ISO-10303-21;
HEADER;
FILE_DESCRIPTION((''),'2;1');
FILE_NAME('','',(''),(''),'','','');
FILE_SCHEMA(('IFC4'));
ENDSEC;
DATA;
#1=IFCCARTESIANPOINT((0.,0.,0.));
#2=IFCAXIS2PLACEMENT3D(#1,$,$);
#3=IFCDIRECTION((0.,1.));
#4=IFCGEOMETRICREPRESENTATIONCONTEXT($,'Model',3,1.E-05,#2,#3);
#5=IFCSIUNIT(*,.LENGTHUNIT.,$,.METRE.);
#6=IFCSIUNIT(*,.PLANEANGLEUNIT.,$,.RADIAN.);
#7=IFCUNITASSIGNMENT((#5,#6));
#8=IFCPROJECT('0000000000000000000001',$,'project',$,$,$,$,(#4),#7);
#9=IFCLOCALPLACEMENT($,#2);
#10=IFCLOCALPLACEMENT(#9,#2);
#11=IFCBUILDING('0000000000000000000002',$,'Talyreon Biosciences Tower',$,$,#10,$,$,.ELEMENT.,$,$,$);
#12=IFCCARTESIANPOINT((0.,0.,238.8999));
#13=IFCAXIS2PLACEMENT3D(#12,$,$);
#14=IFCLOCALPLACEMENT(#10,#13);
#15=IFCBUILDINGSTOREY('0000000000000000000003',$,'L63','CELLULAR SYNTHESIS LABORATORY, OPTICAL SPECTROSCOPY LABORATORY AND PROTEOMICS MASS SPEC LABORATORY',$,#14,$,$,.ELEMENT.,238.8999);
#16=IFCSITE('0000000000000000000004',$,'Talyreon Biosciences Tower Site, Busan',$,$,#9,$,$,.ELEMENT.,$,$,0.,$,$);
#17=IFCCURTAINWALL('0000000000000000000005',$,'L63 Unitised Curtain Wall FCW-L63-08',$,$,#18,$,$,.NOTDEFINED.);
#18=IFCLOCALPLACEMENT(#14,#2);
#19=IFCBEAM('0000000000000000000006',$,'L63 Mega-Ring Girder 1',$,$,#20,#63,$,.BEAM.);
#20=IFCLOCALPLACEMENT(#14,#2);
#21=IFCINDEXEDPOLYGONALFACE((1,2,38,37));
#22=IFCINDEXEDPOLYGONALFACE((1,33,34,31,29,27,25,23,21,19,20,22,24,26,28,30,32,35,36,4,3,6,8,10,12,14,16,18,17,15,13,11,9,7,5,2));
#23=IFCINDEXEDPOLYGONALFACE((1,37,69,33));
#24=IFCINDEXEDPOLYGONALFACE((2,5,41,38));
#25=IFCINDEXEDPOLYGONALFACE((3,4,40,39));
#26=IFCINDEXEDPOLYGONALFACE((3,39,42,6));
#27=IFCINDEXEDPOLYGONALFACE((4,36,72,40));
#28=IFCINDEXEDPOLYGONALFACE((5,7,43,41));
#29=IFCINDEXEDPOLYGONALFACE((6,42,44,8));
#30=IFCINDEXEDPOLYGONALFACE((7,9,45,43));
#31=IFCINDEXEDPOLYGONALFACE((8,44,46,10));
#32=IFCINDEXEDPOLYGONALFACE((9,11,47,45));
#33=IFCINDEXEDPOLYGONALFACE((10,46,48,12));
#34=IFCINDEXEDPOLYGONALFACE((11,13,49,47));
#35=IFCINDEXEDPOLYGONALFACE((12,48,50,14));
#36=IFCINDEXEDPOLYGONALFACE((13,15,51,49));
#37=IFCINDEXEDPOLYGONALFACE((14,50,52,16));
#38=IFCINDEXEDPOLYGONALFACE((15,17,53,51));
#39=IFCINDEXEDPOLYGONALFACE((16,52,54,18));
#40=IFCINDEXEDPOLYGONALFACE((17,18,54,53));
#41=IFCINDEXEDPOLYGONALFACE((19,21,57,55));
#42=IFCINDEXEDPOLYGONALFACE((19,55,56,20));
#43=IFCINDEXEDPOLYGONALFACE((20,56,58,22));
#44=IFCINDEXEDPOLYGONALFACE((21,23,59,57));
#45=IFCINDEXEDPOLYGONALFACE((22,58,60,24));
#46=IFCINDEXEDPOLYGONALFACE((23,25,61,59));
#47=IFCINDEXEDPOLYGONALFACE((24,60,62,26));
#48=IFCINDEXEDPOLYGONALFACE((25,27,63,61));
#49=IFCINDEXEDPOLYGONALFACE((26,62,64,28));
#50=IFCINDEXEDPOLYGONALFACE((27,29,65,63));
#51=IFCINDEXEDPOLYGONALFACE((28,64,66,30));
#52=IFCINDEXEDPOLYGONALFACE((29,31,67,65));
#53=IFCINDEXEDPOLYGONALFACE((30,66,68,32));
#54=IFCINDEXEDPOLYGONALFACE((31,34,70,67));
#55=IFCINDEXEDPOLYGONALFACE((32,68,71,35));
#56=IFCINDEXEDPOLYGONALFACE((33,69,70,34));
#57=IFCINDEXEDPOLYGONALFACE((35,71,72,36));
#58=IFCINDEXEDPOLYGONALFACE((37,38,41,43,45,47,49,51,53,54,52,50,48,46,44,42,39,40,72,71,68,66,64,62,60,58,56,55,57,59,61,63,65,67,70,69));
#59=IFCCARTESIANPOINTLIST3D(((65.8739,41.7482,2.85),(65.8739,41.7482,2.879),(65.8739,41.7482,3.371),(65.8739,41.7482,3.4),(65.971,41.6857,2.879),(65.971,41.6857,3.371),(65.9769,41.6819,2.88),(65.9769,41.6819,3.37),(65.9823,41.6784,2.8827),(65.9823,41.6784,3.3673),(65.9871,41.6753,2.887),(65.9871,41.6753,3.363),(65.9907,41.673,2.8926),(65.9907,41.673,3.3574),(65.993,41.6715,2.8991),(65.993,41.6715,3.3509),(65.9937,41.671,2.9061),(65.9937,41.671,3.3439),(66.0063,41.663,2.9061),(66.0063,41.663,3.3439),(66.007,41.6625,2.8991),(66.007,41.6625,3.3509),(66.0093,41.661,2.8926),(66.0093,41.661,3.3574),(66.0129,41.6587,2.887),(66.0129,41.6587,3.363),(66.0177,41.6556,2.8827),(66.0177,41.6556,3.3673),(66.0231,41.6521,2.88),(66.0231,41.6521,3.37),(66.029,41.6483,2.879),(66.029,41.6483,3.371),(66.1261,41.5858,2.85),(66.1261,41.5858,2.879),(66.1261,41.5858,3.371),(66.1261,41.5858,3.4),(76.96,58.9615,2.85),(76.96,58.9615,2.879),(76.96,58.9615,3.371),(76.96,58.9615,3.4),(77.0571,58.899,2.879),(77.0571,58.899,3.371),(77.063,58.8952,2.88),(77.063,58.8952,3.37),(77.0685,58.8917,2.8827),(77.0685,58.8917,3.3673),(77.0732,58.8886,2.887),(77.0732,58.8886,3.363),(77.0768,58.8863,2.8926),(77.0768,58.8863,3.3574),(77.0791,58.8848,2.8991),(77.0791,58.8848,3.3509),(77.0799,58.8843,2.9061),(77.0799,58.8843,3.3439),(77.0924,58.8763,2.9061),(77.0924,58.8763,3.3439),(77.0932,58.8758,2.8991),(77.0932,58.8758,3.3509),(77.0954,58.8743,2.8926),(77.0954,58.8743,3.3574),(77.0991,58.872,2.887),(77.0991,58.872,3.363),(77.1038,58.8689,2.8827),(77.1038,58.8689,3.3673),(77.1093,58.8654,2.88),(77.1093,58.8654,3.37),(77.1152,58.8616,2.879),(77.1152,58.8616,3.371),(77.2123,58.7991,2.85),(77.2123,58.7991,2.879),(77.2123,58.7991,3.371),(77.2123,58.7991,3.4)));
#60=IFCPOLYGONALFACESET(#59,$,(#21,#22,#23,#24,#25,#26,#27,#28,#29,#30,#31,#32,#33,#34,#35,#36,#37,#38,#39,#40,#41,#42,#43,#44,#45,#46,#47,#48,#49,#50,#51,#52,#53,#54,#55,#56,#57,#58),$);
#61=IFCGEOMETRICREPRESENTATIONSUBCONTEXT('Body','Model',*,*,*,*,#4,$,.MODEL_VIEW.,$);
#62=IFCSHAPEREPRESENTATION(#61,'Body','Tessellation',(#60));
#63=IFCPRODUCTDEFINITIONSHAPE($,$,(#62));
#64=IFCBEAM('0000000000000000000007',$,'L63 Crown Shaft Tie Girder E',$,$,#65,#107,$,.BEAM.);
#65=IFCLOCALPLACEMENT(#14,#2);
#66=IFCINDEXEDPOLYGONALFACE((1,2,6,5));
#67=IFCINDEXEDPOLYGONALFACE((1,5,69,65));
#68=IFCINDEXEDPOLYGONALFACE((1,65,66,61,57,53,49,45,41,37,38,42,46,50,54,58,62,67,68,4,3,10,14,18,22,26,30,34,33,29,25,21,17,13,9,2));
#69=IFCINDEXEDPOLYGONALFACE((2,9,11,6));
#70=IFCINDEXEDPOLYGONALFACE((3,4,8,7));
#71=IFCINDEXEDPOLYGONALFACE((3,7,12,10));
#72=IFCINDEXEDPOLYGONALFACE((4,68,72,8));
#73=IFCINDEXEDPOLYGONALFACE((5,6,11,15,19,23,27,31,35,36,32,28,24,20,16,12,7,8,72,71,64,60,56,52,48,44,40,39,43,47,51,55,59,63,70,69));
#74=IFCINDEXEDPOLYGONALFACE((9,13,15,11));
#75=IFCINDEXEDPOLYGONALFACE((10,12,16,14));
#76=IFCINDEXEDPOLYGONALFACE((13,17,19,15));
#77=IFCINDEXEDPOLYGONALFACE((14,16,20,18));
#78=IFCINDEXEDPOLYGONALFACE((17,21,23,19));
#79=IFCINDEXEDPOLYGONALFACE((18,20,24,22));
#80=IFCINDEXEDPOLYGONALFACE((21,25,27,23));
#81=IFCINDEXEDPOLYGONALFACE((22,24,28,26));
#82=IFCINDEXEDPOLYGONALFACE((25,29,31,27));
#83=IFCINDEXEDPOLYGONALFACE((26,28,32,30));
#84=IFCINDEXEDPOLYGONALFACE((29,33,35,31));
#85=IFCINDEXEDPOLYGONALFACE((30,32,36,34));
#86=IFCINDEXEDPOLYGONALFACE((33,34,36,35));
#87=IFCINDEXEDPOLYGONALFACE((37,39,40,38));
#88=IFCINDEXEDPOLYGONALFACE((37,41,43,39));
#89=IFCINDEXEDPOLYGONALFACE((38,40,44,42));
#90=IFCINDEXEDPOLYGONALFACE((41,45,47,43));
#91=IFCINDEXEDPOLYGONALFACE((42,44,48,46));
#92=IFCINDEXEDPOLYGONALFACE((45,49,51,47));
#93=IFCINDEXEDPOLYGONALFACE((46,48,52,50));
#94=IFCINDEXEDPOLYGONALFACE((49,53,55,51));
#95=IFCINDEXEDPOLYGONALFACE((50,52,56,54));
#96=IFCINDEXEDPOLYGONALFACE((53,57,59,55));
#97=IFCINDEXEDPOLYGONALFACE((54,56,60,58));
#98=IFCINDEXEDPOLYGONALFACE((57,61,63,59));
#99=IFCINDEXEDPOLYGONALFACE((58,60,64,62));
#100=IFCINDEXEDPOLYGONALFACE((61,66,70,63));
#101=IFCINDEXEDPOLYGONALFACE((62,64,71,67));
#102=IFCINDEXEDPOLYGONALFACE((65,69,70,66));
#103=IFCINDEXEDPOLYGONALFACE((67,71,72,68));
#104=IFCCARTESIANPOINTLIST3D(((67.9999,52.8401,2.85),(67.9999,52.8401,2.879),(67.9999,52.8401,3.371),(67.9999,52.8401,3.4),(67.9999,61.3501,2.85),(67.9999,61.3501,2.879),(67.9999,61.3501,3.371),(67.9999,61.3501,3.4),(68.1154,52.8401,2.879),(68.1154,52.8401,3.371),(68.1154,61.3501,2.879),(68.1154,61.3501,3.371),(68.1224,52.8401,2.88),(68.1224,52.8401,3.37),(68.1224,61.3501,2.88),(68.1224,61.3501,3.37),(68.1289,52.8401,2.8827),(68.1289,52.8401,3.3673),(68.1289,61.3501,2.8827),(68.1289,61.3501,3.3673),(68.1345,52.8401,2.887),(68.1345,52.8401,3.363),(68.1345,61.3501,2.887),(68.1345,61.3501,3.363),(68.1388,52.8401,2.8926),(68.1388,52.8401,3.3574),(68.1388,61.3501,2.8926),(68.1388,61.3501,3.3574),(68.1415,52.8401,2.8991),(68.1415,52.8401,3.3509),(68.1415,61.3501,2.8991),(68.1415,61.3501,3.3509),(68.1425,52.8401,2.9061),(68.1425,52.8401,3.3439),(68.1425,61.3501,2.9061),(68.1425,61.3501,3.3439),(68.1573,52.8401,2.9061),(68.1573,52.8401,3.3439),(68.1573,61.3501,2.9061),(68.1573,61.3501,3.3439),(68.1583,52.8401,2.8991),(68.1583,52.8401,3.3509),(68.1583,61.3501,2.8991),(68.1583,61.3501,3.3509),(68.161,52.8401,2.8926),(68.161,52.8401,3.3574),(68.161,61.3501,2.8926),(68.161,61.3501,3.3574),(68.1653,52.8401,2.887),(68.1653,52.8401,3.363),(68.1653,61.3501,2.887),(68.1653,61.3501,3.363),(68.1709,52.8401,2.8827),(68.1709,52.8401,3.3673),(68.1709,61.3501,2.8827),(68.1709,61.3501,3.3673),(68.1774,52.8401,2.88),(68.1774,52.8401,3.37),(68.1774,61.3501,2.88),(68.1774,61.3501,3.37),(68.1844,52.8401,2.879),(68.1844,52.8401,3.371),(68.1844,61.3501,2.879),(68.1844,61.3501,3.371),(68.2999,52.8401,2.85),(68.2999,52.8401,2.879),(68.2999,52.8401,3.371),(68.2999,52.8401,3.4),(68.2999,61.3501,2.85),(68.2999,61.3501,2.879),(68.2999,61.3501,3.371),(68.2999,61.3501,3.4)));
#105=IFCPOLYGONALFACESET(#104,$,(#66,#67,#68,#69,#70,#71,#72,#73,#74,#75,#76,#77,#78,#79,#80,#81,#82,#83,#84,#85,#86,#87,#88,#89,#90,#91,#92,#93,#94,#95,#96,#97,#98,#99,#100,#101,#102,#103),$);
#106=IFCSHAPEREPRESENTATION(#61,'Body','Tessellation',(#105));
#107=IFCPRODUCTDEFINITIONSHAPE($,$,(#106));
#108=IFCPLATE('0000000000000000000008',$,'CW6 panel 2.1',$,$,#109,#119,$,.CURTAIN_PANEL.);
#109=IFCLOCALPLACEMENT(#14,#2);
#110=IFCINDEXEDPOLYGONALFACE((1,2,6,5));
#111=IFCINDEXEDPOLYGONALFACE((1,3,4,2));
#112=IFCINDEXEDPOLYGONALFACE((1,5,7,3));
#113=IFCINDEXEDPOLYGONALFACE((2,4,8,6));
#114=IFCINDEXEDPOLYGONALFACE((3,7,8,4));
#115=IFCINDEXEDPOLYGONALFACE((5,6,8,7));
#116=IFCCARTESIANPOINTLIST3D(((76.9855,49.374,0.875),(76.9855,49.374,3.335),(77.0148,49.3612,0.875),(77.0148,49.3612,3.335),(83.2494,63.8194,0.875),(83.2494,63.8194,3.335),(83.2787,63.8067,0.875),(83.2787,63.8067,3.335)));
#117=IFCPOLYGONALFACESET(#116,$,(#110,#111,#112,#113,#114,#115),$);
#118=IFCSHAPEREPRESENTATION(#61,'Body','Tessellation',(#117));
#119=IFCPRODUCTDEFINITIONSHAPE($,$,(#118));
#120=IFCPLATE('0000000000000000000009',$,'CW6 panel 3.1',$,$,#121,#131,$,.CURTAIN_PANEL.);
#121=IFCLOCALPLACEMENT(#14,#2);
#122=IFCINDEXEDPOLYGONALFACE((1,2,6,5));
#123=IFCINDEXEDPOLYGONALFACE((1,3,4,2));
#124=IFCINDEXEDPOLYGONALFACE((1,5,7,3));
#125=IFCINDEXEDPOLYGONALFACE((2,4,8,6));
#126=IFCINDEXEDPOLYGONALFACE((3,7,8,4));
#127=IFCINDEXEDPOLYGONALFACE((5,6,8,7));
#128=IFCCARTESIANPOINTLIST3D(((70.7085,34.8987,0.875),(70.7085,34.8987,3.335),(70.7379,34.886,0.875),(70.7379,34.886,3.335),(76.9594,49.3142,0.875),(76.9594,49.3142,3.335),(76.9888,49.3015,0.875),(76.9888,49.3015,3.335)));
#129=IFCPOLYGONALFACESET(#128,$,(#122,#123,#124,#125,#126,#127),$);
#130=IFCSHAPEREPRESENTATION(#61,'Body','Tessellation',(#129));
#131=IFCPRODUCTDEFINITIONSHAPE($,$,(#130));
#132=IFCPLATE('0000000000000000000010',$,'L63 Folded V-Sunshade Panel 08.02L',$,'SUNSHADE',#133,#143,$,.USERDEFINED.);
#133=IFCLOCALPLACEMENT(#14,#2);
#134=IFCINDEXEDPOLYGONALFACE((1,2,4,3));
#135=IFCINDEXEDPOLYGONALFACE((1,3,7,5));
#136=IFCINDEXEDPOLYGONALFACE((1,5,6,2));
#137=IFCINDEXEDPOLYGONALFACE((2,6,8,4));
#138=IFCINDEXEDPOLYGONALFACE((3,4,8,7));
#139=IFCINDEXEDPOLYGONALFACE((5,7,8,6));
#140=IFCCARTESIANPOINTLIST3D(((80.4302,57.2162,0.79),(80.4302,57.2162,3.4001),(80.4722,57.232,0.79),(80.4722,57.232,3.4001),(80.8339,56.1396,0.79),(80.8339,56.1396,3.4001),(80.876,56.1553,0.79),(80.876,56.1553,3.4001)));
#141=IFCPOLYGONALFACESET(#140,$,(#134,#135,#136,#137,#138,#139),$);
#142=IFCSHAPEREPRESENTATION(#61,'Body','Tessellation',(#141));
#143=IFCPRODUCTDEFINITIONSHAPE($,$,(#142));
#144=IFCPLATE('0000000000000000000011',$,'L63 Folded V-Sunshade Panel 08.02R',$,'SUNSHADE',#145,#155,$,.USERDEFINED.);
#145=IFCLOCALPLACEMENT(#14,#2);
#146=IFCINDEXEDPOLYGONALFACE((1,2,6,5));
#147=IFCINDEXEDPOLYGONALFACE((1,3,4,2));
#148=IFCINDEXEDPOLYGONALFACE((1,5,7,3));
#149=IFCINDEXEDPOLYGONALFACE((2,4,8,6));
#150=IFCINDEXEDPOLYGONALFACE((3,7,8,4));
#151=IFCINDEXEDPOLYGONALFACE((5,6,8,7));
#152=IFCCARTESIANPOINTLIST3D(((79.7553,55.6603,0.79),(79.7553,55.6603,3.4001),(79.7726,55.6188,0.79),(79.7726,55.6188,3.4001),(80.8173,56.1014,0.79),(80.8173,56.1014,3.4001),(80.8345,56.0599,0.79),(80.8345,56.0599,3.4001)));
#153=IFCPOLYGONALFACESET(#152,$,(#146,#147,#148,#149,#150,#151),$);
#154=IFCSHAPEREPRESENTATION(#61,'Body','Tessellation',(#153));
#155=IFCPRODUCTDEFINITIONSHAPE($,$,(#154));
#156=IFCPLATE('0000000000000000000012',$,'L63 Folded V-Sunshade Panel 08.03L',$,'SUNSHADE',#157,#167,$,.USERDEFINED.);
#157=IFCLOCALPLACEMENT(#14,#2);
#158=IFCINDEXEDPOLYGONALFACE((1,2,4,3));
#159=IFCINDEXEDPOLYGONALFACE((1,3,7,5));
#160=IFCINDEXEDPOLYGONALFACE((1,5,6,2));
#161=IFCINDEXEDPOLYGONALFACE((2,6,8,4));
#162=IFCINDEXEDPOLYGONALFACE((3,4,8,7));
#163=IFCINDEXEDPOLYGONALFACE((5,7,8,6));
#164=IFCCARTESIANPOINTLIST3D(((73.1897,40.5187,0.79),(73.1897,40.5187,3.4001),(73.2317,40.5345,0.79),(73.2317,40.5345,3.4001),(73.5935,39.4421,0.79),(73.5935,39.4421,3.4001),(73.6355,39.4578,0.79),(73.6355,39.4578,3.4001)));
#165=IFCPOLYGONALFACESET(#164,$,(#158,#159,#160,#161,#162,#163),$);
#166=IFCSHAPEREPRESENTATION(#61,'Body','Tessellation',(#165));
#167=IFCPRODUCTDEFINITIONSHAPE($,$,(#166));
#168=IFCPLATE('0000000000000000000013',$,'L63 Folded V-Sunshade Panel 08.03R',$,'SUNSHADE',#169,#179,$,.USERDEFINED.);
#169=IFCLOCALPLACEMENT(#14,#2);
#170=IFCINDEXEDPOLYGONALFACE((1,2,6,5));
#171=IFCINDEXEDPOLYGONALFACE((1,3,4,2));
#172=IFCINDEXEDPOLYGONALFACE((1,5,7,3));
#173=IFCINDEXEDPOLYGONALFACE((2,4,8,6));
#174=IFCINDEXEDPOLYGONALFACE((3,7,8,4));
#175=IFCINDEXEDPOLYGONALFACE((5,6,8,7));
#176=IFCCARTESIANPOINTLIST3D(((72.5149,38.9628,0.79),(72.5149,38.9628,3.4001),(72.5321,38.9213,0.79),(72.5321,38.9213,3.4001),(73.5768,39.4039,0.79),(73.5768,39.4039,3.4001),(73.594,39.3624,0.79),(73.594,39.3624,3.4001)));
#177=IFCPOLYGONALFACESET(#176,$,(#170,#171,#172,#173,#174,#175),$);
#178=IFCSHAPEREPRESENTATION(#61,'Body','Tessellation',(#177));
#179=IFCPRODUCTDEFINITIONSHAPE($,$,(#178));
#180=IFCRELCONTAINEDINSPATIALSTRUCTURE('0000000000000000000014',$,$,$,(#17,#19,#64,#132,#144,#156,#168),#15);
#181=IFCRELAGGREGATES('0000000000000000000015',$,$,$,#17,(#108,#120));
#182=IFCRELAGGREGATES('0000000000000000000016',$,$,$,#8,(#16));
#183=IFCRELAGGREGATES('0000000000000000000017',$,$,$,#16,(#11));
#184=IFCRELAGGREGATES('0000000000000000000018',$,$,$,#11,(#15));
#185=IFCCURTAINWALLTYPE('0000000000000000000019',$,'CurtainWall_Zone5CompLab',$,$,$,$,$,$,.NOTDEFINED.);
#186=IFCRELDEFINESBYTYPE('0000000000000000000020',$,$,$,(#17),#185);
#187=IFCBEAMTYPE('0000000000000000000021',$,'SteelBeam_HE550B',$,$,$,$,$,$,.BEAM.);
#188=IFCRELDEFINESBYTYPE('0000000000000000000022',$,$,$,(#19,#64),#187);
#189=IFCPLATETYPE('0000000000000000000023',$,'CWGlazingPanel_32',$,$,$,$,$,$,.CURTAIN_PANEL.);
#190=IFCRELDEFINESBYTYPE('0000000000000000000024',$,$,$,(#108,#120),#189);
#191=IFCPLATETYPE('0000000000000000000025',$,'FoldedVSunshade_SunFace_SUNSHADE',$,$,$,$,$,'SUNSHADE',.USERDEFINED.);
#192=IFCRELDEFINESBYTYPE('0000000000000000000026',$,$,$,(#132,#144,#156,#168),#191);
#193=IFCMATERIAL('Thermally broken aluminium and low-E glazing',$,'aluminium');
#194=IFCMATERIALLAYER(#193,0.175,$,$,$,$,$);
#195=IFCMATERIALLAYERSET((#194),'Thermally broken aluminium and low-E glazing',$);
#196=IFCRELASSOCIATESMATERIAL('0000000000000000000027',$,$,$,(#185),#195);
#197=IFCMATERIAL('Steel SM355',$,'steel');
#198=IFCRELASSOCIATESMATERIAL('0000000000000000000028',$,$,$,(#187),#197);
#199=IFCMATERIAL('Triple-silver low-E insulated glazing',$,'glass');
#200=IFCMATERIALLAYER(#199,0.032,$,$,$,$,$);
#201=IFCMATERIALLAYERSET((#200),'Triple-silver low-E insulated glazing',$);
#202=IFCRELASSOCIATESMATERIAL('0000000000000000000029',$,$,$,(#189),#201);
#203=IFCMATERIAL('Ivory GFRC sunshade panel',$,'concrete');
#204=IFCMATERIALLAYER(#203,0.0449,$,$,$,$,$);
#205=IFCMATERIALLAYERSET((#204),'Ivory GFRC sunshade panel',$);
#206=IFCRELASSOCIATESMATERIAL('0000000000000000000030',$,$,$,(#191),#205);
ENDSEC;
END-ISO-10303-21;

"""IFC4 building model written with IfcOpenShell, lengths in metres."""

from ifc_helpers import new_model, si_unit, direction, frame, origin, origin_2d, place, context, subcontext, project, spatial, rectangle, i_section, extrude, material, layer, layer_set, material_profile, profile_set, type_object, element, aggregate, save


model = new_model("IFC4")

# Units and contexts
model_context = context("Model", 3, precision=1e-05, world=origin(), true_north=direction((0.0, 1.0)))
body_context = subcontext(model_context, "Body", "Model", "MODEL_VIEW")
ifc_project = project(units=[si_unit("LENGTHUNIT", "METRE"), si_unit("PLANEANGLEUNIT", "RADIAN")], contexts=[model_context])

# Site, building, storey
site_placement = place(None, origin())
site = spatial("IfcSite", under=ifc_project, at=site_placement, Name="Talyreon Biosciences Tower Site, Busan", CompositionType="ELEMENT", RefElevation=0.0)
building_placement = place(site_placement, origin())
building = spatial("IfcBuilding", under=site, at=building_placement, Name="Talyreon Biosciences Tower", CompositionType="ELEMENT")
storey_placement = place(building_placement, frame((0.0, 0.0, 238.8999)))
storey = spatial("IfcBuildingStorey", under=building, at=storey_placement, Name="L63", Description="CELLULAR SYNTHESIS LABORATORY, OPTICAL SPECTROSCOPY LABORATORY AND PROTEOMICS MASS SPEC LABORATORY", CompositionType="ELEMENT", Elevation=238.8999)

# Curtain wall
ifc_material_1 = material(Name="Thermally broken aluminium and low-E glazing", Category="aluminium")
ifc_layer_1 = layer(ifc_material_1, 0.175)
ifc_layer_set_1 = layer_set([ifc_layer_1], Name="Thermally broken aluminium and low-E glazing")
curtain_wall_type = type_object("IfcCurtainWallType", Name="CurtainWall_Zone5CompLab", PredefinedType="NOTDEFINED", material=ifc_layer_set_1)
curtain_wall_placement = place(storey_placement, origin())
curtain_wall = element("IfcCurtainWall", 1, at=curtain_wall_placement, inside=storey, type_object=curtain_wall_type, Name="L63 Unitised Curtain Wall FCW-L63-08", PredefinedType="NOTDEFINED")

# Beams
ifc_material_2 = material(Name="Steel SM355", Category="steel")
ifc_material_profile_1 = material_profile(ifc_material_2, i_section(OverallWidth=0.3, OverallDepth=0.55, WebThickness=0.0149, FlangeThickness=0.0291, FilletRadius=0.0271, at=origin_2d()), Name="HE550B")
ifc_profile_set_1 = profile_set([ifc_material_profile_1], Name="Steel SM355")
beam_type_1 = type_object("IfcBeamType", Name="SteelBeam_HE550B", PredefinedType="BEAM", material=ifc_profile_set_1)
beam_1_placement = place(storey_placement, frame((66.0, 41.667, 3.125), z_axis=(0.541464, 0.840724, 0.0), x_axis=(-0.840724, 0.541464, 0.0)))
element("IfcBeam", 2, at=beam_1_placement, inside=storey, type_object=beam_type_1, Name="L63 Mega-Ring Girder 1", PredefinedType="BEAM", context=body_context, shape_type="SweptSolid", body=[
    extrude(i_section(OverallWidth=0.3, OverallDepth=0.55, WebThickness=0.0149, FlangeThickness=0.0291, FilletRadius=0.0271, at=origin_2d()), origin(), (0.0, 0.0, 1.0), 20.4744),
])
beam_2_placement = place(storey_placement, frame((68.1499, 52.8401, 3.125), z_axis=(0.0, 1.0, 0.0), x_axis=(-1.0, 0.0, 0.0)))
element("IfcBeam", 3, at=beam_2_placement, inside=storey, type_object=beam_type_1, Name="L63 Crown Shaft Tie Girder E", PredefinedType="BEAM", context=body_context, shape_type="SweptSolid", body=[
    extrude(i_section(OverallWidth=0.3, OverallDepth=0.55, WebThickness=0.0149, FlangeThickness=0.0291, FilletRadius=0.0271, at=origin_2d()), origin(), (0.0, 0.0, 1.0), 8.51),
])

# Plates
ifc_material_3 = material(Name="Triple-silver low-E insulated glazing", Category="glass")
ifc_layer_2 = layer(ifc_material_3, 0.032)
ifc_layer_set_2 = layer_set([ifc_layer_2], Name="Triple-silver low-E insulated glazing")
plate_type_1 = type_object("IfcPlateType", Name="CWGlazingPanel_32", PredefinedType="CURTAIN_PANEL", material=ifc_layer_set_2)
plate_1_placement = place(storey_placement, frame((80.1321, 56.5903, 0.875), z_axis=(0.0, 0.0, 1.0), x_axis=(-0.397832, -0.917458, 0.0)))
plate_1 = element("IfcPlate", 4, at=plate_1_placement, type_object=plate_type_1, Name="CW6 panel 2.1", PredefinedType="CURTAIN_PANEL", context=body_context, shape_type="SweptSolid", body=[
    extrude(rectangle(XDim=15.7451, YDim=0.032, at=origin_2d()), origin(), (0.0, 0.0, 1.0), 2.46),
])
plate_2_placement = place(storey_placement, frame((73.8486, 42.1001, 0.875), z_axis=(0.0, 0.0, 1.0), x_axis=(-0.397832, -0.917458, 0.0)))
plate_2 = element("IfcPlate", 5, at=plate_2_placement, type_object=plate_type_1, Name="CW6 panel 3.1", PredefinedType="CURTAIN_PANEL", context=body_context, shape_type="SweptSolid", body=[
    extrude(rectangle(XDim=15.7124, YDim=0.032, at=origin_2d()), origin(), (0.0, 0.0, 1.0), 2.46),
])
aggregate(curtain_wall, [plate_1, plate_2])

# Plates
ifc_material_4 = material(Name="Ivory GFRC sunshade panel", Category="concrete")
ifc_layer_3 = layer(ifc_material_4, 0.0449)
ifc_layer_set_3 = layer_set([ifc_layer_3], Name="Ivory GFRC sunshade panel")
plate_type_2 = type_object("IfcPlateType", Name="FoldedVSunshade_SunFace_SUNSHADE", ElementType="SUNSHADE", PredefinedType="USERDEFINED", material=ifc_layer_set_3)
for number, where, z_axis, x_axis, name in (
    (6, (80.6531, 56.6858, 0.79), (0.0, 0.0, 1.0), (0.351139, -0.936323, 0.0), "L63 Folded V-Sunshade Panel 08.02L"),
    (7, (80.2949, 55.8601, 0.79), (0.0, 0.0, 1.0), (-0.923498, -0.383602, 0.0), "L63 Folded V-Sunshade Panel 08.02R"),
    (8, (73.4126, 39.9883, 0.79), (0.0, 0.0, 1.0), (0.351139, -0.936323, 0.0), "L63 Folded V-Sunshade Panel 08.03L"),
    (9, (73.0544, 39.1626, 0.79), (0.0, 0.0, 1.0), (-0.923498, -0.383602, 0.0), "L63 Folded V-Sunshade Panel 08.03R"),
):
    element("IfcPlate", number, at=place(storey_placement, frame(where, z_axis=z_axis, x_axis=x_axis)), inside=storey, type_object=plate_type_2, Name=name, ObjectType="SUNSHADE", PredefinedType="USERDEFINED", context=body_context, shape_type="SweptSolid", body=[
        extrude(rectangle(XDim=1.1499, YDim=0.0449, at=origin_2d()), origin(), (0.0, 0.0, 1.0), 2.6101),
    ])

save(model, "model.ifc")
